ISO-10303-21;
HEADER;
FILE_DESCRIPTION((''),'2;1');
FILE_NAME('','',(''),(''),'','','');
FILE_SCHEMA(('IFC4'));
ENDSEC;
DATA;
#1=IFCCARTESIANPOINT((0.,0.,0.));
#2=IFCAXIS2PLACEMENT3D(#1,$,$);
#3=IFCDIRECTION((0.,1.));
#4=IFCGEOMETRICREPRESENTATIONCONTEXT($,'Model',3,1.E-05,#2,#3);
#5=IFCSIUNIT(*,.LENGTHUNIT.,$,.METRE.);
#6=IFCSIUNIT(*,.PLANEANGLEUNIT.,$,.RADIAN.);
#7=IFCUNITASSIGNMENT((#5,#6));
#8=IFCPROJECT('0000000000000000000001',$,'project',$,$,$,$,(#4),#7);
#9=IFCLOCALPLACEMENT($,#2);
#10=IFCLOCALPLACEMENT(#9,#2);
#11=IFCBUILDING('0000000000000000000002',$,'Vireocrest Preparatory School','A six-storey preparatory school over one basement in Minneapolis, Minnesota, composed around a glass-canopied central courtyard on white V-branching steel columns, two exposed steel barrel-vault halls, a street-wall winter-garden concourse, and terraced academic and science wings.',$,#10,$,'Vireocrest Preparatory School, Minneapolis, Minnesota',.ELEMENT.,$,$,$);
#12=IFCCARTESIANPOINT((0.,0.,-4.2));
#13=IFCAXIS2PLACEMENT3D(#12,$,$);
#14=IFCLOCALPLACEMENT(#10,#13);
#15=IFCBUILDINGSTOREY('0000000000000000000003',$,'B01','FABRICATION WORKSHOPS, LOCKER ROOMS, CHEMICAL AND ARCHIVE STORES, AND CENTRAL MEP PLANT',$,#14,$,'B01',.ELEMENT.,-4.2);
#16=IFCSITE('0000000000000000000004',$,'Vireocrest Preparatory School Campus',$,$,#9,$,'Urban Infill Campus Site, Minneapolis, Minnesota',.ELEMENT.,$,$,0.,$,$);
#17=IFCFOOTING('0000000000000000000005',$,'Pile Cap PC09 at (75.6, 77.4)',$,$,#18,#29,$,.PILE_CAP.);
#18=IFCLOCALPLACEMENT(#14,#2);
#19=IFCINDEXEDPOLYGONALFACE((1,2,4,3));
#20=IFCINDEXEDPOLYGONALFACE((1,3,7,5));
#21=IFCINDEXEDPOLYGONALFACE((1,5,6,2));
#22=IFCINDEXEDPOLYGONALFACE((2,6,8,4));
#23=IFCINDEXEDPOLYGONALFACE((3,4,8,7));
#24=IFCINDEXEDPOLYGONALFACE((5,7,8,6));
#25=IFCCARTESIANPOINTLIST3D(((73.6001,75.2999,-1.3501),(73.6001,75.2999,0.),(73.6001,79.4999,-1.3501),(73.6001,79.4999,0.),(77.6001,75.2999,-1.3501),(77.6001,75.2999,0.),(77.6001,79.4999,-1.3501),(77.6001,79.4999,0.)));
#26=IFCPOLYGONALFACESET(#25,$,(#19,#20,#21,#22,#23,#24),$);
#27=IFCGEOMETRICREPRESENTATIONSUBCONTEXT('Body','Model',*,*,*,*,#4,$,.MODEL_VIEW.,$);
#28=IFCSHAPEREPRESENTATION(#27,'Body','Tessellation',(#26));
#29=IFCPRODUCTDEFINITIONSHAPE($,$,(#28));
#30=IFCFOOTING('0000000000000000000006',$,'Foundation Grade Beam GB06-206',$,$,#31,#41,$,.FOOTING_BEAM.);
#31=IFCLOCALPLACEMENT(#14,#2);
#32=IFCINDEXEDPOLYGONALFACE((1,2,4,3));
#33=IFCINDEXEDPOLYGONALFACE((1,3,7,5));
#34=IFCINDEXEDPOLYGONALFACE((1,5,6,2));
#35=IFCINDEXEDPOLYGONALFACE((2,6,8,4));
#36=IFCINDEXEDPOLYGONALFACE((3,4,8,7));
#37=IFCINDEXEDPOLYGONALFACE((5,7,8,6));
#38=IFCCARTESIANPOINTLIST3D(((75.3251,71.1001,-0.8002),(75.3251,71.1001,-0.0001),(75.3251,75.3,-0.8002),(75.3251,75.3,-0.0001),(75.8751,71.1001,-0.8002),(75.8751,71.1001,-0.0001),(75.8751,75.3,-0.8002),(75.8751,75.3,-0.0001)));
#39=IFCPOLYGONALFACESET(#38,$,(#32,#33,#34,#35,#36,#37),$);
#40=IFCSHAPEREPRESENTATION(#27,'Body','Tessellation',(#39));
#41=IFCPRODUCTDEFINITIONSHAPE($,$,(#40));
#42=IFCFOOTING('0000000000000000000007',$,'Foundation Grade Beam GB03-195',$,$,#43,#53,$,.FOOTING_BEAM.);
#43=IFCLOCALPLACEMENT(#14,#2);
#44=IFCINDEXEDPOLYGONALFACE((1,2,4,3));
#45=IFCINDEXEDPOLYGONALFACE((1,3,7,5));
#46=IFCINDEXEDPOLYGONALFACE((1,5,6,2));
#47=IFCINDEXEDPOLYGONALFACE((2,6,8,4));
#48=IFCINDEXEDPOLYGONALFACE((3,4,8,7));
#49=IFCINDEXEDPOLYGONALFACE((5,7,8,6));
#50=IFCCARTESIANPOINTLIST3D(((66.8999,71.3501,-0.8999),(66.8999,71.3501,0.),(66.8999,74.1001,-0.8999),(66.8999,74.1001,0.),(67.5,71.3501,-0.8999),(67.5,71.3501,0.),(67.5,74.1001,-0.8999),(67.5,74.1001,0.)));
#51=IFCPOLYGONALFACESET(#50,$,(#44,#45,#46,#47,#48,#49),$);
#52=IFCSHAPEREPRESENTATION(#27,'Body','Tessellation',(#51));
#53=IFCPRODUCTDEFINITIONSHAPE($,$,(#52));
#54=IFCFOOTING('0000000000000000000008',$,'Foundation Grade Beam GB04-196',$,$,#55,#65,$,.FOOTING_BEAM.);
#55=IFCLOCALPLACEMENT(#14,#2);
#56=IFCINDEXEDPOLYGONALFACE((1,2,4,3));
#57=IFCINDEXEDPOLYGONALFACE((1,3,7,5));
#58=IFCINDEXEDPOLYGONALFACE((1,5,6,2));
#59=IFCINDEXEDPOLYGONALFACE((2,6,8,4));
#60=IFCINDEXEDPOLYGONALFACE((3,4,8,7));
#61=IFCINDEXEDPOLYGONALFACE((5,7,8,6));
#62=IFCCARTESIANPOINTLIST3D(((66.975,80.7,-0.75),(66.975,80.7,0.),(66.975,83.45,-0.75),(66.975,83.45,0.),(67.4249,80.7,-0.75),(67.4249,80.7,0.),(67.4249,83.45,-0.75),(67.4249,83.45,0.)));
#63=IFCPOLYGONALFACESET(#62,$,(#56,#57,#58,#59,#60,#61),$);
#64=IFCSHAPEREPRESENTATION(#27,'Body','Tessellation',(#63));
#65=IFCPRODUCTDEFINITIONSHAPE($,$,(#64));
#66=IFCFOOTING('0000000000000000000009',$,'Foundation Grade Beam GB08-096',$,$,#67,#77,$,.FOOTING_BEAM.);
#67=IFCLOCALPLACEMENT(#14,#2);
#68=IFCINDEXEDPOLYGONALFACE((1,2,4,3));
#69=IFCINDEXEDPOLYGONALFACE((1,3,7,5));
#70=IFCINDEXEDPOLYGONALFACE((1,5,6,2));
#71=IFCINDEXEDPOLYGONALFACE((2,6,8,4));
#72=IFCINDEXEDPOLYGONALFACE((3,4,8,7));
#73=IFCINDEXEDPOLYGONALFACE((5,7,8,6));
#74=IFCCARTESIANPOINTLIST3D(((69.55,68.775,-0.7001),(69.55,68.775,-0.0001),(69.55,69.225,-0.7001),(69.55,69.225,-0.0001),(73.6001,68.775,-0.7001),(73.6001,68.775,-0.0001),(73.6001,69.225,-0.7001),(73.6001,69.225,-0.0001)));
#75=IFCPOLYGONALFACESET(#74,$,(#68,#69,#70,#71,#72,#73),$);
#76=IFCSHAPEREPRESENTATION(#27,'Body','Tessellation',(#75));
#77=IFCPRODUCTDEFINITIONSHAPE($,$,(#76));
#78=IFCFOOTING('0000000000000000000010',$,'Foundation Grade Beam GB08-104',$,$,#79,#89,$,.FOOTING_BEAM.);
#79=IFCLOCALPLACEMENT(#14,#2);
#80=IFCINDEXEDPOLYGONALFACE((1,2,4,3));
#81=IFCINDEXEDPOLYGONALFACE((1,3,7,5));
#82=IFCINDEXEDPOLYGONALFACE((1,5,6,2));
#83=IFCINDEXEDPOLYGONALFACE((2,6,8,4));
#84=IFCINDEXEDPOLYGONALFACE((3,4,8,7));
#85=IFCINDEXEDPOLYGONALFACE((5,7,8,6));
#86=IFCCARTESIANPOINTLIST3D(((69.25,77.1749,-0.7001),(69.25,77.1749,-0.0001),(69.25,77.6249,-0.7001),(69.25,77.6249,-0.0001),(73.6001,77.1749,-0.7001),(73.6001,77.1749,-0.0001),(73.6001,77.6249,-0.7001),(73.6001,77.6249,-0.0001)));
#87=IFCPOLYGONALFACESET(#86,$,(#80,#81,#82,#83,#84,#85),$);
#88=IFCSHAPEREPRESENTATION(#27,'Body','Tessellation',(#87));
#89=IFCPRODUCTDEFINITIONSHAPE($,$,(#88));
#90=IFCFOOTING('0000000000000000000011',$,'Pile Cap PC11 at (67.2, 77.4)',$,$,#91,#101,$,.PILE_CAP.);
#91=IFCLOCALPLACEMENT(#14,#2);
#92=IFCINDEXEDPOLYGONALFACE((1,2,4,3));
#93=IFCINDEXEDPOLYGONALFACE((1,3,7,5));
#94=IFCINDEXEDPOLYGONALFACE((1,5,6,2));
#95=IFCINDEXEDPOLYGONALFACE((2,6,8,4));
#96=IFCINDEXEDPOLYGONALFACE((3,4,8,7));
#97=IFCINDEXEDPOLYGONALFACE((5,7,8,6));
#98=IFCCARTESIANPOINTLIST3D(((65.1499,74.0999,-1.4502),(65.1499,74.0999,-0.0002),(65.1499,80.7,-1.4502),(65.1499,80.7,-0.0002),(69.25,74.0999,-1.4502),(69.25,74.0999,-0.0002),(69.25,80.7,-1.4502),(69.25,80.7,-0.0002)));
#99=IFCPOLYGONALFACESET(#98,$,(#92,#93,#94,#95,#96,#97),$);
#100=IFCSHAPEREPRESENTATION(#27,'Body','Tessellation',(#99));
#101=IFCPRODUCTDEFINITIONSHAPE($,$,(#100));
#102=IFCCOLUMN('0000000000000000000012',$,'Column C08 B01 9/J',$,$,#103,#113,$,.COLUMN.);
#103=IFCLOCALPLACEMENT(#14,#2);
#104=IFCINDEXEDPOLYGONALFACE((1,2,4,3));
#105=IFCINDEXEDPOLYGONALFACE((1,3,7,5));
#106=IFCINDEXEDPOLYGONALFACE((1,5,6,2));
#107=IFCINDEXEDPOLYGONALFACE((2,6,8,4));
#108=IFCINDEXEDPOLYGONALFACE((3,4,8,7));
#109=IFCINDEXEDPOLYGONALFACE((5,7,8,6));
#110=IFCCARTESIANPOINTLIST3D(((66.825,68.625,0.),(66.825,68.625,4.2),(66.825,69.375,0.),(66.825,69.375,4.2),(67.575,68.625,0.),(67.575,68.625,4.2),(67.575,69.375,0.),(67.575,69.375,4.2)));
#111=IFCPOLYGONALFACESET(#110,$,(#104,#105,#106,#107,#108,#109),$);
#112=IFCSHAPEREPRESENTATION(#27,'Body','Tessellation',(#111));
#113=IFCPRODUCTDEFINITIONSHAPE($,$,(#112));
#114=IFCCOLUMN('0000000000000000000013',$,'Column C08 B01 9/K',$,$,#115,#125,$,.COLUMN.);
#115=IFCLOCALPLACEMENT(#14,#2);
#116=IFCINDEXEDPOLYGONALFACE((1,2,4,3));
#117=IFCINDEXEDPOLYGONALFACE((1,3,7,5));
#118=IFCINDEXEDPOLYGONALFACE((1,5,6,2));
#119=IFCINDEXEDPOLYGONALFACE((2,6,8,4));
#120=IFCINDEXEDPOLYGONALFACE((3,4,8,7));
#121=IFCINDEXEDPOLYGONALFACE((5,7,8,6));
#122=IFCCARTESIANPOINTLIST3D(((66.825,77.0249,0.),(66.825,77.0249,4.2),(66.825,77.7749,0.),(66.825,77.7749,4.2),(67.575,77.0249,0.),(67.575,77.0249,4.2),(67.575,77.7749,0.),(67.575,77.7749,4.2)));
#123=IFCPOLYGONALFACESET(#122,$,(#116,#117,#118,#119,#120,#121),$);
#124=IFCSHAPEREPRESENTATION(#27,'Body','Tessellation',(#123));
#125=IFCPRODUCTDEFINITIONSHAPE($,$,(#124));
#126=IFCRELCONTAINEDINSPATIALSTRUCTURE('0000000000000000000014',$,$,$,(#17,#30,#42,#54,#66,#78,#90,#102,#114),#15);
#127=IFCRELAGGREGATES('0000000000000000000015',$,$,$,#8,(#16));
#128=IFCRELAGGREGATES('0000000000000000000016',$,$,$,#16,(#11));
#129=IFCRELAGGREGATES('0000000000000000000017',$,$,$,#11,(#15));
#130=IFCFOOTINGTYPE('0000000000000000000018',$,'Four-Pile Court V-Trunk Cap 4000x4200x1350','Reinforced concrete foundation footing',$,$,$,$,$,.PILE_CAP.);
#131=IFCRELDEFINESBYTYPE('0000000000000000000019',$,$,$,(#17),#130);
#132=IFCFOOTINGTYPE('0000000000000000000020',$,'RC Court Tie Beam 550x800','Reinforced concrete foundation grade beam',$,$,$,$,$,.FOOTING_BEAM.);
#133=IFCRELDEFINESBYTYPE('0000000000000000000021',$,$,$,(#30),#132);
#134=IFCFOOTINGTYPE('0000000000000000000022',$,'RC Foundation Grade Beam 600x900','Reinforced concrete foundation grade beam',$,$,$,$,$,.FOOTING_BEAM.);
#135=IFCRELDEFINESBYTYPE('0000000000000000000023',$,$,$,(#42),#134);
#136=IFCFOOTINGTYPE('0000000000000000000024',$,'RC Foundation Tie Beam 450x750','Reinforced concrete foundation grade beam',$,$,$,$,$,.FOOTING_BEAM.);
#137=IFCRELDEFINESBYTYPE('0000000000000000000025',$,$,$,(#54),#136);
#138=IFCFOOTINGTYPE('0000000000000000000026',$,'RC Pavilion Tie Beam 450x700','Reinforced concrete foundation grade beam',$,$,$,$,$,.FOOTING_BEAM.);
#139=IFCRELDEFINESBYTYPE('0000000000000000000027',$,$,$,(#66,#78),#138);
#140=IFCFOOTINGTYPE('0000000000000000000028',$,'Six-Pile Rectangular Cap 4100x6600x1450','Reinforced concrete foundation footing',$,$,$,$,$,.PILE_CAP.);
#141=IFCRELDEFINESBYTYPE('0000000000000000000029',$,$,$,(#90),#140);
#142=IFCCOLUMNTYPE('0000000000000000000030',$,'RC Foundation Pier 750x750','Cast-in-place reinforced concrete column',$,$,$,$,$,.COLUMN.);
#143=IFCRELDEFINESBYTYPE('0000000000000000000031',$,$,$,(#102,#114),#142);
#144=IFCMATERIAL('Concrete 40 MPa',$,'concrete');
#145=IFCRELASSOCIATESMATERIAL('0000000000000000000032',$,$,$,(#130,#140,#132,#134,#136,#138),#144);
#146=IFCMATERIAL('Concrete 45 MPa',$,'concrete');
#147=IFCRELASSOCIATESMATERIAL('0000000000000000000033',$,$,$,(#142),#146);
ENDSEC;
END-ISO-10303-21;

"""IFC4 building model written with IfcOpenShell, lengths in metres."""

from ifc_helpers import new_model, si_unit, direction, frame, origin, origin_2d, place, context, subcontext, project, spatial, rectangle, extrude, material, material_profile, profile_set, type_object, element, save


model = new_model("IFC4")

# Units and contexts
model_context = context("Model", 3, precision=1e-05, world=origin(), true_north=direction((0.0, 1.0)))
body_context = subcontext(model_context, "Body", "Model", "MODEL_VIEW")
ifc_project = project(units=[si_unit("LENGTHUNIT", "METRE"), si_unit("PLANEANGLEUNIT", "RADIAN")], contexts=[model_context])

# Site, building, storey
site_placement = place(None, origin())
site = spatial("IfcSite", under=ifc_project, at=site_placement, Name="Vireocrest Preparatory School Campus", LongName="Urban Infill Campus Site, Minneapolis, Minnesota", CompositionType="ELEMENT", RefElevation=0.0)
building_placement = place(site_placement, origin())
building = spatial("IfcBuilding", under=site, at=building_placement, Name="Vireocrest Preparatory School", Description="A six-storey preparatory school over one basement in Minneapolis, Minnesota, composed around a glass-canopied central courtyard on white V-branching steel columns, two exposed steel barrel-vault halls, a street-wall winter-garden concourse, and terraced academic and science wings.", LongName="Vireocrest Preparatory School, Minneapolis, Minnesota", CompositionType="ELEMENT")
storey_placement = place(building_placement, frame((0.0, 0.0, -4.2)))
storey = spatial("IfcBuildingStorey", under=building, at=storey_placement, Name="B01", Description="FABRICATION WORKSHOPS, LOCKER ROOMS, CHEMICAL AND ARCHIVE STORES, AND CENTRAL MEP PLANT", LongName="B01", CompositionType="ELEMENT", Elevation=-4.2)

# Shared definitions
ifc_material_1 = material(Name="Concrete 40 MPa", Category="concrete")

# Footings
footing_type_1 = type_object("IfcFootingType", Name="Four-Pile Court V-Trunk Cap 4000x4200x1350", Description="Reinforced concrete foundation footing", PredefinedType="PILE_CAP", material=ifc_material_1)
for number, where, z_axis, x_axis, name in (
    (1, (75.6001, 77.3999, -1.3501), (0.0, 0.0, 1.0), (1.0, 0.0, 0.0), "Pile Cap PC09 at (75.6, 77.4)"),
):
    element("IfcFooting", number, at=place(storey_placement, frame(where, z_axis=z_axis, x_axis=x_axis)), inside=storey, type_object=footing_type_1, Name=name, PredefinedType="PILE_CAP", context=body_context, shape_type="SweptSolid", body=[
        extrude(rectangle(XDim=4.0, YDim=4.2, at=origin_2d()), origin(), (0.0, 0.0, 1.0), 1.3501),
    ])
ifc_material_profile_1 = material_profile(ifc_material_1, rectangle(XDim=0.55, YDim=0.8, at=origin_2d()), Name="GB 550x800")
ifc_profile_set_1 = profile_set([ifc_material_profile_1], Name="Concrete 40 MPa")
footing_type_2 = type_object("IfcFootingType", Name="RC Court Tie Beam 550x800", Description="Reinforced concrete foundation grade beam", PredefinedType="FOOTING_BEAM", material=ifc_profile_set_1)
footing_1_placement = place(storey_placement, frame((75.6001, 71.1001, -0.4001), z_axis=(0.0, 1.0, 0.0), x_axis=(-1.0, 0.0, 0.0)))
element("IfcFooting", 2, at=footing_1_placement, inside=storey, type_object=footing_type_2, Name="Foundation Grade Beam GB06-206", PredefinedType="FOOTING_BEAM", context=body_context, shape_type="SweptSolid", body=[
    extrude(rectangle(XDim=0.55, YDim=0.8, at=origin_2d()), origin(), (0.0, 0.0, 1.0), 4.2),
])
ifc_material_profile_2 = material_profile(ifc_material_1, rectangle(XDim=0.6001, YDim=0.8999, at=origin_2d()), Name="GB 600x900")
ifc_profile_set_2 = profile_set([ifc_material_profile_2], Name="Concrete 40 MPa")
footing_type_3 = type_object("IfcFootingType", Name="RC Foundation Grade Beam 600x900", Description="Reinforced concrete foundation grade beam", PredefinedType="FOOTING_BEAM", material=ifc_profile_set_2)
footing_2_placement = place(storey_placement, frame((67.2, 71.3501, -0.45), z_axis=(0.0, 1.0, 0.0), x_axis=(-1.0, 0.0, 0.0)))
element("IfcFooting", 3, at=footing_2_placement, inside=storey, type_object=footing_type_3, Name="Foundation Grade Beam GB03-195", PredefinedType="FOOTING_BEAM", context=body_context, shape_type="SweptSolid", body=[
    extrude(rectangle(XDim=0.6001, YDim=0.8999, at=origin_2d()), origin(), (0.0, 0.0, 1.0), 2.75),
])
ifc_material_profile_3 = material_profile(ifc_material_1, rectangle(XDim=0.45, YDim=0.75, at=origin_2d()), Name="GB 450x750")
ifc_profile_set_3 = profile_set([ifc_material_profile_3], Name="Concrete 40 MPa")
footing_type_4 = type_object("IfcFootingType", Name="RC Foundation Tie Beam 450x750", Description="Reinforced concrete foundation grade beam", PredefinedType="FOOTING_BEAM", material=ifc_profile_set_3)
footing_3_placement = place(storey_placement, frame((67.2, 80.7, -0.375), z_axis=(0.0, 1.0, 0.0), x_axis=(-1.0, 0.0, 0.0)))
element("IfcFooting", 4, at=footing_3_placement, inside=storey, type_object=footing_type_4, Name="Foundation Grade Beam GB04-196", PredefinedType="FOOTING_BEAM", context=body_context, shape_type="SweptSolid", body=[
    extrude(rectangle(XDim=0.45, YDim=0.75, at=origin_2d()), origin(), (0.0, 0.0, 1.0), 2.75),
])
ifc_material_profile_4 = material_profile(ifc_material_1, rectangle(XDim=0.45, YDim=0.7, at=origin_2d()), Name="GB 450x700")
ifc_profile_set_4 = profile_set([ifc_material_profile_4], Name="Concrete 40 MPa")
footing_type_5 = type_object("IfcFootingType", Name="RC Pavilion Tie Beam 450x700", Description="Reinforced concrete foundation grade beam", PredefinedType="FOOTING_BEAM", material=ifc_profile_set_4)
footing_4_placement = place(storey_placement, frame((69.55, 69.0, -0.3501), z_axis=(1.0, 0.0, 0.0), x_axis=(0.0, 1.0, 0.0)))
element("IfcFooting", 5, at=footing_4_placement, inside=storey, type_object=footing_type_5, Name="Foundation Grade Beam GB08-096", PredefinedType="FOOTING_BEAM", context=body_context, shape_type="SweptSolid", body=[
    extrude(rectangle(XDim=0.45, YDim=0.7, at=origin_2d()), origin(), (0.0, 0.0, 1.0), 4.05),
])
footing_5_placement = place(storey_placement, frame((69.25, 77.3999, -0.3501), z_axis=(1.0, 0.0, 0.0), x_axis=(0.0, 1.0, 0.0)))
element("IfcFooting", 6, at=footing_5_placement, inside=storey, type_object=footing_type_5, Name="Foundation Grade Beam GB08-104", PredefinedType="FOOTING_BEAM", context=body_context, shape_type="SweptSolid", body=[
    extrude(rectangle(XDim=0.45, YDim=0.7, at=origin_2d()), origin(), (0.0, 0.0, 1.0), 4.3501),
])
footing_type_6 = type_object("IfcFootingType", Name="Six-Pile Rectangular Cap 4100x6600x1450", Description="Reinforced concrete foundation footing", PredefinedType="PILE_CAP", material=ifc_material_1)
footing_6_placement = place(storey_placement, frame((67.2, 77.3999, -1.4502), z_axis=(0.0, 0.0, 1.0), x_axis=(1.0, 0.0, 0.0)))
element("IfcFooting", 7, at=footing_6_placement, inside=storey, type_object=footing_type_6, Name="Pile Cap PC11 at (67.2, 77.4)", PredefinedType="PILE_CAP", context=body_context, shape_type="SweptSolid", body=[
    extrude(rectangle(XDim=4.1001, YDim=6.6001, at=origin_2d()), origin(), (0.0, 0.0, 1.0), 1.45),
])

# Columns
ifc_material_2 = material(Name="Concrete 45 MPa", Category="concrete")
ifc_material_profile_5 = material_profile(ifc_material_2, rectangle(XDim=0.75, YDim=0.75, at=origin_2d()), Name="RC 750x750")
ifc_profile_set_5 = profile_set([ifc_material_profile_5], Name="Concrete 45 MPa")
column_type = type_object("IfcColumnType", Name="RC Foundation Pier 750x750", Description="Cast-in-place reinforced concrete column", PredefinedType="COLUMN", material=ifc_profile_set_5)
for number, where, z_axis, x_axis, name in (
    (8, (67.2, 69.0, 0.0), (0.0, 0.0, 1.0), (1.0, 0.0, 0.0), "Column C08 B01 9/J"),
    (9, (67.2, 77.3999, 0.0), (0.0, 0.0, 1.0), (1.0, 0.0, 0.0), "Column C08 B01 9/K"),
):
    element("IfcColumn", number, at=place(storey_placement, frame(where, z_axis=z_axis, x_axis=x_axis)), inside=storey, type_object=column_type, Name=name, PredefinedType="COLUMN", context=body_context, shape_type="SweptSolid", body=[
        extrude(rectangle(XDim=0.75, YDim=0.75, at=origin_2d()), origin(), (0.0, 0.0, 1.0), 4.2),
    ])

save(model, "model.ifc")
